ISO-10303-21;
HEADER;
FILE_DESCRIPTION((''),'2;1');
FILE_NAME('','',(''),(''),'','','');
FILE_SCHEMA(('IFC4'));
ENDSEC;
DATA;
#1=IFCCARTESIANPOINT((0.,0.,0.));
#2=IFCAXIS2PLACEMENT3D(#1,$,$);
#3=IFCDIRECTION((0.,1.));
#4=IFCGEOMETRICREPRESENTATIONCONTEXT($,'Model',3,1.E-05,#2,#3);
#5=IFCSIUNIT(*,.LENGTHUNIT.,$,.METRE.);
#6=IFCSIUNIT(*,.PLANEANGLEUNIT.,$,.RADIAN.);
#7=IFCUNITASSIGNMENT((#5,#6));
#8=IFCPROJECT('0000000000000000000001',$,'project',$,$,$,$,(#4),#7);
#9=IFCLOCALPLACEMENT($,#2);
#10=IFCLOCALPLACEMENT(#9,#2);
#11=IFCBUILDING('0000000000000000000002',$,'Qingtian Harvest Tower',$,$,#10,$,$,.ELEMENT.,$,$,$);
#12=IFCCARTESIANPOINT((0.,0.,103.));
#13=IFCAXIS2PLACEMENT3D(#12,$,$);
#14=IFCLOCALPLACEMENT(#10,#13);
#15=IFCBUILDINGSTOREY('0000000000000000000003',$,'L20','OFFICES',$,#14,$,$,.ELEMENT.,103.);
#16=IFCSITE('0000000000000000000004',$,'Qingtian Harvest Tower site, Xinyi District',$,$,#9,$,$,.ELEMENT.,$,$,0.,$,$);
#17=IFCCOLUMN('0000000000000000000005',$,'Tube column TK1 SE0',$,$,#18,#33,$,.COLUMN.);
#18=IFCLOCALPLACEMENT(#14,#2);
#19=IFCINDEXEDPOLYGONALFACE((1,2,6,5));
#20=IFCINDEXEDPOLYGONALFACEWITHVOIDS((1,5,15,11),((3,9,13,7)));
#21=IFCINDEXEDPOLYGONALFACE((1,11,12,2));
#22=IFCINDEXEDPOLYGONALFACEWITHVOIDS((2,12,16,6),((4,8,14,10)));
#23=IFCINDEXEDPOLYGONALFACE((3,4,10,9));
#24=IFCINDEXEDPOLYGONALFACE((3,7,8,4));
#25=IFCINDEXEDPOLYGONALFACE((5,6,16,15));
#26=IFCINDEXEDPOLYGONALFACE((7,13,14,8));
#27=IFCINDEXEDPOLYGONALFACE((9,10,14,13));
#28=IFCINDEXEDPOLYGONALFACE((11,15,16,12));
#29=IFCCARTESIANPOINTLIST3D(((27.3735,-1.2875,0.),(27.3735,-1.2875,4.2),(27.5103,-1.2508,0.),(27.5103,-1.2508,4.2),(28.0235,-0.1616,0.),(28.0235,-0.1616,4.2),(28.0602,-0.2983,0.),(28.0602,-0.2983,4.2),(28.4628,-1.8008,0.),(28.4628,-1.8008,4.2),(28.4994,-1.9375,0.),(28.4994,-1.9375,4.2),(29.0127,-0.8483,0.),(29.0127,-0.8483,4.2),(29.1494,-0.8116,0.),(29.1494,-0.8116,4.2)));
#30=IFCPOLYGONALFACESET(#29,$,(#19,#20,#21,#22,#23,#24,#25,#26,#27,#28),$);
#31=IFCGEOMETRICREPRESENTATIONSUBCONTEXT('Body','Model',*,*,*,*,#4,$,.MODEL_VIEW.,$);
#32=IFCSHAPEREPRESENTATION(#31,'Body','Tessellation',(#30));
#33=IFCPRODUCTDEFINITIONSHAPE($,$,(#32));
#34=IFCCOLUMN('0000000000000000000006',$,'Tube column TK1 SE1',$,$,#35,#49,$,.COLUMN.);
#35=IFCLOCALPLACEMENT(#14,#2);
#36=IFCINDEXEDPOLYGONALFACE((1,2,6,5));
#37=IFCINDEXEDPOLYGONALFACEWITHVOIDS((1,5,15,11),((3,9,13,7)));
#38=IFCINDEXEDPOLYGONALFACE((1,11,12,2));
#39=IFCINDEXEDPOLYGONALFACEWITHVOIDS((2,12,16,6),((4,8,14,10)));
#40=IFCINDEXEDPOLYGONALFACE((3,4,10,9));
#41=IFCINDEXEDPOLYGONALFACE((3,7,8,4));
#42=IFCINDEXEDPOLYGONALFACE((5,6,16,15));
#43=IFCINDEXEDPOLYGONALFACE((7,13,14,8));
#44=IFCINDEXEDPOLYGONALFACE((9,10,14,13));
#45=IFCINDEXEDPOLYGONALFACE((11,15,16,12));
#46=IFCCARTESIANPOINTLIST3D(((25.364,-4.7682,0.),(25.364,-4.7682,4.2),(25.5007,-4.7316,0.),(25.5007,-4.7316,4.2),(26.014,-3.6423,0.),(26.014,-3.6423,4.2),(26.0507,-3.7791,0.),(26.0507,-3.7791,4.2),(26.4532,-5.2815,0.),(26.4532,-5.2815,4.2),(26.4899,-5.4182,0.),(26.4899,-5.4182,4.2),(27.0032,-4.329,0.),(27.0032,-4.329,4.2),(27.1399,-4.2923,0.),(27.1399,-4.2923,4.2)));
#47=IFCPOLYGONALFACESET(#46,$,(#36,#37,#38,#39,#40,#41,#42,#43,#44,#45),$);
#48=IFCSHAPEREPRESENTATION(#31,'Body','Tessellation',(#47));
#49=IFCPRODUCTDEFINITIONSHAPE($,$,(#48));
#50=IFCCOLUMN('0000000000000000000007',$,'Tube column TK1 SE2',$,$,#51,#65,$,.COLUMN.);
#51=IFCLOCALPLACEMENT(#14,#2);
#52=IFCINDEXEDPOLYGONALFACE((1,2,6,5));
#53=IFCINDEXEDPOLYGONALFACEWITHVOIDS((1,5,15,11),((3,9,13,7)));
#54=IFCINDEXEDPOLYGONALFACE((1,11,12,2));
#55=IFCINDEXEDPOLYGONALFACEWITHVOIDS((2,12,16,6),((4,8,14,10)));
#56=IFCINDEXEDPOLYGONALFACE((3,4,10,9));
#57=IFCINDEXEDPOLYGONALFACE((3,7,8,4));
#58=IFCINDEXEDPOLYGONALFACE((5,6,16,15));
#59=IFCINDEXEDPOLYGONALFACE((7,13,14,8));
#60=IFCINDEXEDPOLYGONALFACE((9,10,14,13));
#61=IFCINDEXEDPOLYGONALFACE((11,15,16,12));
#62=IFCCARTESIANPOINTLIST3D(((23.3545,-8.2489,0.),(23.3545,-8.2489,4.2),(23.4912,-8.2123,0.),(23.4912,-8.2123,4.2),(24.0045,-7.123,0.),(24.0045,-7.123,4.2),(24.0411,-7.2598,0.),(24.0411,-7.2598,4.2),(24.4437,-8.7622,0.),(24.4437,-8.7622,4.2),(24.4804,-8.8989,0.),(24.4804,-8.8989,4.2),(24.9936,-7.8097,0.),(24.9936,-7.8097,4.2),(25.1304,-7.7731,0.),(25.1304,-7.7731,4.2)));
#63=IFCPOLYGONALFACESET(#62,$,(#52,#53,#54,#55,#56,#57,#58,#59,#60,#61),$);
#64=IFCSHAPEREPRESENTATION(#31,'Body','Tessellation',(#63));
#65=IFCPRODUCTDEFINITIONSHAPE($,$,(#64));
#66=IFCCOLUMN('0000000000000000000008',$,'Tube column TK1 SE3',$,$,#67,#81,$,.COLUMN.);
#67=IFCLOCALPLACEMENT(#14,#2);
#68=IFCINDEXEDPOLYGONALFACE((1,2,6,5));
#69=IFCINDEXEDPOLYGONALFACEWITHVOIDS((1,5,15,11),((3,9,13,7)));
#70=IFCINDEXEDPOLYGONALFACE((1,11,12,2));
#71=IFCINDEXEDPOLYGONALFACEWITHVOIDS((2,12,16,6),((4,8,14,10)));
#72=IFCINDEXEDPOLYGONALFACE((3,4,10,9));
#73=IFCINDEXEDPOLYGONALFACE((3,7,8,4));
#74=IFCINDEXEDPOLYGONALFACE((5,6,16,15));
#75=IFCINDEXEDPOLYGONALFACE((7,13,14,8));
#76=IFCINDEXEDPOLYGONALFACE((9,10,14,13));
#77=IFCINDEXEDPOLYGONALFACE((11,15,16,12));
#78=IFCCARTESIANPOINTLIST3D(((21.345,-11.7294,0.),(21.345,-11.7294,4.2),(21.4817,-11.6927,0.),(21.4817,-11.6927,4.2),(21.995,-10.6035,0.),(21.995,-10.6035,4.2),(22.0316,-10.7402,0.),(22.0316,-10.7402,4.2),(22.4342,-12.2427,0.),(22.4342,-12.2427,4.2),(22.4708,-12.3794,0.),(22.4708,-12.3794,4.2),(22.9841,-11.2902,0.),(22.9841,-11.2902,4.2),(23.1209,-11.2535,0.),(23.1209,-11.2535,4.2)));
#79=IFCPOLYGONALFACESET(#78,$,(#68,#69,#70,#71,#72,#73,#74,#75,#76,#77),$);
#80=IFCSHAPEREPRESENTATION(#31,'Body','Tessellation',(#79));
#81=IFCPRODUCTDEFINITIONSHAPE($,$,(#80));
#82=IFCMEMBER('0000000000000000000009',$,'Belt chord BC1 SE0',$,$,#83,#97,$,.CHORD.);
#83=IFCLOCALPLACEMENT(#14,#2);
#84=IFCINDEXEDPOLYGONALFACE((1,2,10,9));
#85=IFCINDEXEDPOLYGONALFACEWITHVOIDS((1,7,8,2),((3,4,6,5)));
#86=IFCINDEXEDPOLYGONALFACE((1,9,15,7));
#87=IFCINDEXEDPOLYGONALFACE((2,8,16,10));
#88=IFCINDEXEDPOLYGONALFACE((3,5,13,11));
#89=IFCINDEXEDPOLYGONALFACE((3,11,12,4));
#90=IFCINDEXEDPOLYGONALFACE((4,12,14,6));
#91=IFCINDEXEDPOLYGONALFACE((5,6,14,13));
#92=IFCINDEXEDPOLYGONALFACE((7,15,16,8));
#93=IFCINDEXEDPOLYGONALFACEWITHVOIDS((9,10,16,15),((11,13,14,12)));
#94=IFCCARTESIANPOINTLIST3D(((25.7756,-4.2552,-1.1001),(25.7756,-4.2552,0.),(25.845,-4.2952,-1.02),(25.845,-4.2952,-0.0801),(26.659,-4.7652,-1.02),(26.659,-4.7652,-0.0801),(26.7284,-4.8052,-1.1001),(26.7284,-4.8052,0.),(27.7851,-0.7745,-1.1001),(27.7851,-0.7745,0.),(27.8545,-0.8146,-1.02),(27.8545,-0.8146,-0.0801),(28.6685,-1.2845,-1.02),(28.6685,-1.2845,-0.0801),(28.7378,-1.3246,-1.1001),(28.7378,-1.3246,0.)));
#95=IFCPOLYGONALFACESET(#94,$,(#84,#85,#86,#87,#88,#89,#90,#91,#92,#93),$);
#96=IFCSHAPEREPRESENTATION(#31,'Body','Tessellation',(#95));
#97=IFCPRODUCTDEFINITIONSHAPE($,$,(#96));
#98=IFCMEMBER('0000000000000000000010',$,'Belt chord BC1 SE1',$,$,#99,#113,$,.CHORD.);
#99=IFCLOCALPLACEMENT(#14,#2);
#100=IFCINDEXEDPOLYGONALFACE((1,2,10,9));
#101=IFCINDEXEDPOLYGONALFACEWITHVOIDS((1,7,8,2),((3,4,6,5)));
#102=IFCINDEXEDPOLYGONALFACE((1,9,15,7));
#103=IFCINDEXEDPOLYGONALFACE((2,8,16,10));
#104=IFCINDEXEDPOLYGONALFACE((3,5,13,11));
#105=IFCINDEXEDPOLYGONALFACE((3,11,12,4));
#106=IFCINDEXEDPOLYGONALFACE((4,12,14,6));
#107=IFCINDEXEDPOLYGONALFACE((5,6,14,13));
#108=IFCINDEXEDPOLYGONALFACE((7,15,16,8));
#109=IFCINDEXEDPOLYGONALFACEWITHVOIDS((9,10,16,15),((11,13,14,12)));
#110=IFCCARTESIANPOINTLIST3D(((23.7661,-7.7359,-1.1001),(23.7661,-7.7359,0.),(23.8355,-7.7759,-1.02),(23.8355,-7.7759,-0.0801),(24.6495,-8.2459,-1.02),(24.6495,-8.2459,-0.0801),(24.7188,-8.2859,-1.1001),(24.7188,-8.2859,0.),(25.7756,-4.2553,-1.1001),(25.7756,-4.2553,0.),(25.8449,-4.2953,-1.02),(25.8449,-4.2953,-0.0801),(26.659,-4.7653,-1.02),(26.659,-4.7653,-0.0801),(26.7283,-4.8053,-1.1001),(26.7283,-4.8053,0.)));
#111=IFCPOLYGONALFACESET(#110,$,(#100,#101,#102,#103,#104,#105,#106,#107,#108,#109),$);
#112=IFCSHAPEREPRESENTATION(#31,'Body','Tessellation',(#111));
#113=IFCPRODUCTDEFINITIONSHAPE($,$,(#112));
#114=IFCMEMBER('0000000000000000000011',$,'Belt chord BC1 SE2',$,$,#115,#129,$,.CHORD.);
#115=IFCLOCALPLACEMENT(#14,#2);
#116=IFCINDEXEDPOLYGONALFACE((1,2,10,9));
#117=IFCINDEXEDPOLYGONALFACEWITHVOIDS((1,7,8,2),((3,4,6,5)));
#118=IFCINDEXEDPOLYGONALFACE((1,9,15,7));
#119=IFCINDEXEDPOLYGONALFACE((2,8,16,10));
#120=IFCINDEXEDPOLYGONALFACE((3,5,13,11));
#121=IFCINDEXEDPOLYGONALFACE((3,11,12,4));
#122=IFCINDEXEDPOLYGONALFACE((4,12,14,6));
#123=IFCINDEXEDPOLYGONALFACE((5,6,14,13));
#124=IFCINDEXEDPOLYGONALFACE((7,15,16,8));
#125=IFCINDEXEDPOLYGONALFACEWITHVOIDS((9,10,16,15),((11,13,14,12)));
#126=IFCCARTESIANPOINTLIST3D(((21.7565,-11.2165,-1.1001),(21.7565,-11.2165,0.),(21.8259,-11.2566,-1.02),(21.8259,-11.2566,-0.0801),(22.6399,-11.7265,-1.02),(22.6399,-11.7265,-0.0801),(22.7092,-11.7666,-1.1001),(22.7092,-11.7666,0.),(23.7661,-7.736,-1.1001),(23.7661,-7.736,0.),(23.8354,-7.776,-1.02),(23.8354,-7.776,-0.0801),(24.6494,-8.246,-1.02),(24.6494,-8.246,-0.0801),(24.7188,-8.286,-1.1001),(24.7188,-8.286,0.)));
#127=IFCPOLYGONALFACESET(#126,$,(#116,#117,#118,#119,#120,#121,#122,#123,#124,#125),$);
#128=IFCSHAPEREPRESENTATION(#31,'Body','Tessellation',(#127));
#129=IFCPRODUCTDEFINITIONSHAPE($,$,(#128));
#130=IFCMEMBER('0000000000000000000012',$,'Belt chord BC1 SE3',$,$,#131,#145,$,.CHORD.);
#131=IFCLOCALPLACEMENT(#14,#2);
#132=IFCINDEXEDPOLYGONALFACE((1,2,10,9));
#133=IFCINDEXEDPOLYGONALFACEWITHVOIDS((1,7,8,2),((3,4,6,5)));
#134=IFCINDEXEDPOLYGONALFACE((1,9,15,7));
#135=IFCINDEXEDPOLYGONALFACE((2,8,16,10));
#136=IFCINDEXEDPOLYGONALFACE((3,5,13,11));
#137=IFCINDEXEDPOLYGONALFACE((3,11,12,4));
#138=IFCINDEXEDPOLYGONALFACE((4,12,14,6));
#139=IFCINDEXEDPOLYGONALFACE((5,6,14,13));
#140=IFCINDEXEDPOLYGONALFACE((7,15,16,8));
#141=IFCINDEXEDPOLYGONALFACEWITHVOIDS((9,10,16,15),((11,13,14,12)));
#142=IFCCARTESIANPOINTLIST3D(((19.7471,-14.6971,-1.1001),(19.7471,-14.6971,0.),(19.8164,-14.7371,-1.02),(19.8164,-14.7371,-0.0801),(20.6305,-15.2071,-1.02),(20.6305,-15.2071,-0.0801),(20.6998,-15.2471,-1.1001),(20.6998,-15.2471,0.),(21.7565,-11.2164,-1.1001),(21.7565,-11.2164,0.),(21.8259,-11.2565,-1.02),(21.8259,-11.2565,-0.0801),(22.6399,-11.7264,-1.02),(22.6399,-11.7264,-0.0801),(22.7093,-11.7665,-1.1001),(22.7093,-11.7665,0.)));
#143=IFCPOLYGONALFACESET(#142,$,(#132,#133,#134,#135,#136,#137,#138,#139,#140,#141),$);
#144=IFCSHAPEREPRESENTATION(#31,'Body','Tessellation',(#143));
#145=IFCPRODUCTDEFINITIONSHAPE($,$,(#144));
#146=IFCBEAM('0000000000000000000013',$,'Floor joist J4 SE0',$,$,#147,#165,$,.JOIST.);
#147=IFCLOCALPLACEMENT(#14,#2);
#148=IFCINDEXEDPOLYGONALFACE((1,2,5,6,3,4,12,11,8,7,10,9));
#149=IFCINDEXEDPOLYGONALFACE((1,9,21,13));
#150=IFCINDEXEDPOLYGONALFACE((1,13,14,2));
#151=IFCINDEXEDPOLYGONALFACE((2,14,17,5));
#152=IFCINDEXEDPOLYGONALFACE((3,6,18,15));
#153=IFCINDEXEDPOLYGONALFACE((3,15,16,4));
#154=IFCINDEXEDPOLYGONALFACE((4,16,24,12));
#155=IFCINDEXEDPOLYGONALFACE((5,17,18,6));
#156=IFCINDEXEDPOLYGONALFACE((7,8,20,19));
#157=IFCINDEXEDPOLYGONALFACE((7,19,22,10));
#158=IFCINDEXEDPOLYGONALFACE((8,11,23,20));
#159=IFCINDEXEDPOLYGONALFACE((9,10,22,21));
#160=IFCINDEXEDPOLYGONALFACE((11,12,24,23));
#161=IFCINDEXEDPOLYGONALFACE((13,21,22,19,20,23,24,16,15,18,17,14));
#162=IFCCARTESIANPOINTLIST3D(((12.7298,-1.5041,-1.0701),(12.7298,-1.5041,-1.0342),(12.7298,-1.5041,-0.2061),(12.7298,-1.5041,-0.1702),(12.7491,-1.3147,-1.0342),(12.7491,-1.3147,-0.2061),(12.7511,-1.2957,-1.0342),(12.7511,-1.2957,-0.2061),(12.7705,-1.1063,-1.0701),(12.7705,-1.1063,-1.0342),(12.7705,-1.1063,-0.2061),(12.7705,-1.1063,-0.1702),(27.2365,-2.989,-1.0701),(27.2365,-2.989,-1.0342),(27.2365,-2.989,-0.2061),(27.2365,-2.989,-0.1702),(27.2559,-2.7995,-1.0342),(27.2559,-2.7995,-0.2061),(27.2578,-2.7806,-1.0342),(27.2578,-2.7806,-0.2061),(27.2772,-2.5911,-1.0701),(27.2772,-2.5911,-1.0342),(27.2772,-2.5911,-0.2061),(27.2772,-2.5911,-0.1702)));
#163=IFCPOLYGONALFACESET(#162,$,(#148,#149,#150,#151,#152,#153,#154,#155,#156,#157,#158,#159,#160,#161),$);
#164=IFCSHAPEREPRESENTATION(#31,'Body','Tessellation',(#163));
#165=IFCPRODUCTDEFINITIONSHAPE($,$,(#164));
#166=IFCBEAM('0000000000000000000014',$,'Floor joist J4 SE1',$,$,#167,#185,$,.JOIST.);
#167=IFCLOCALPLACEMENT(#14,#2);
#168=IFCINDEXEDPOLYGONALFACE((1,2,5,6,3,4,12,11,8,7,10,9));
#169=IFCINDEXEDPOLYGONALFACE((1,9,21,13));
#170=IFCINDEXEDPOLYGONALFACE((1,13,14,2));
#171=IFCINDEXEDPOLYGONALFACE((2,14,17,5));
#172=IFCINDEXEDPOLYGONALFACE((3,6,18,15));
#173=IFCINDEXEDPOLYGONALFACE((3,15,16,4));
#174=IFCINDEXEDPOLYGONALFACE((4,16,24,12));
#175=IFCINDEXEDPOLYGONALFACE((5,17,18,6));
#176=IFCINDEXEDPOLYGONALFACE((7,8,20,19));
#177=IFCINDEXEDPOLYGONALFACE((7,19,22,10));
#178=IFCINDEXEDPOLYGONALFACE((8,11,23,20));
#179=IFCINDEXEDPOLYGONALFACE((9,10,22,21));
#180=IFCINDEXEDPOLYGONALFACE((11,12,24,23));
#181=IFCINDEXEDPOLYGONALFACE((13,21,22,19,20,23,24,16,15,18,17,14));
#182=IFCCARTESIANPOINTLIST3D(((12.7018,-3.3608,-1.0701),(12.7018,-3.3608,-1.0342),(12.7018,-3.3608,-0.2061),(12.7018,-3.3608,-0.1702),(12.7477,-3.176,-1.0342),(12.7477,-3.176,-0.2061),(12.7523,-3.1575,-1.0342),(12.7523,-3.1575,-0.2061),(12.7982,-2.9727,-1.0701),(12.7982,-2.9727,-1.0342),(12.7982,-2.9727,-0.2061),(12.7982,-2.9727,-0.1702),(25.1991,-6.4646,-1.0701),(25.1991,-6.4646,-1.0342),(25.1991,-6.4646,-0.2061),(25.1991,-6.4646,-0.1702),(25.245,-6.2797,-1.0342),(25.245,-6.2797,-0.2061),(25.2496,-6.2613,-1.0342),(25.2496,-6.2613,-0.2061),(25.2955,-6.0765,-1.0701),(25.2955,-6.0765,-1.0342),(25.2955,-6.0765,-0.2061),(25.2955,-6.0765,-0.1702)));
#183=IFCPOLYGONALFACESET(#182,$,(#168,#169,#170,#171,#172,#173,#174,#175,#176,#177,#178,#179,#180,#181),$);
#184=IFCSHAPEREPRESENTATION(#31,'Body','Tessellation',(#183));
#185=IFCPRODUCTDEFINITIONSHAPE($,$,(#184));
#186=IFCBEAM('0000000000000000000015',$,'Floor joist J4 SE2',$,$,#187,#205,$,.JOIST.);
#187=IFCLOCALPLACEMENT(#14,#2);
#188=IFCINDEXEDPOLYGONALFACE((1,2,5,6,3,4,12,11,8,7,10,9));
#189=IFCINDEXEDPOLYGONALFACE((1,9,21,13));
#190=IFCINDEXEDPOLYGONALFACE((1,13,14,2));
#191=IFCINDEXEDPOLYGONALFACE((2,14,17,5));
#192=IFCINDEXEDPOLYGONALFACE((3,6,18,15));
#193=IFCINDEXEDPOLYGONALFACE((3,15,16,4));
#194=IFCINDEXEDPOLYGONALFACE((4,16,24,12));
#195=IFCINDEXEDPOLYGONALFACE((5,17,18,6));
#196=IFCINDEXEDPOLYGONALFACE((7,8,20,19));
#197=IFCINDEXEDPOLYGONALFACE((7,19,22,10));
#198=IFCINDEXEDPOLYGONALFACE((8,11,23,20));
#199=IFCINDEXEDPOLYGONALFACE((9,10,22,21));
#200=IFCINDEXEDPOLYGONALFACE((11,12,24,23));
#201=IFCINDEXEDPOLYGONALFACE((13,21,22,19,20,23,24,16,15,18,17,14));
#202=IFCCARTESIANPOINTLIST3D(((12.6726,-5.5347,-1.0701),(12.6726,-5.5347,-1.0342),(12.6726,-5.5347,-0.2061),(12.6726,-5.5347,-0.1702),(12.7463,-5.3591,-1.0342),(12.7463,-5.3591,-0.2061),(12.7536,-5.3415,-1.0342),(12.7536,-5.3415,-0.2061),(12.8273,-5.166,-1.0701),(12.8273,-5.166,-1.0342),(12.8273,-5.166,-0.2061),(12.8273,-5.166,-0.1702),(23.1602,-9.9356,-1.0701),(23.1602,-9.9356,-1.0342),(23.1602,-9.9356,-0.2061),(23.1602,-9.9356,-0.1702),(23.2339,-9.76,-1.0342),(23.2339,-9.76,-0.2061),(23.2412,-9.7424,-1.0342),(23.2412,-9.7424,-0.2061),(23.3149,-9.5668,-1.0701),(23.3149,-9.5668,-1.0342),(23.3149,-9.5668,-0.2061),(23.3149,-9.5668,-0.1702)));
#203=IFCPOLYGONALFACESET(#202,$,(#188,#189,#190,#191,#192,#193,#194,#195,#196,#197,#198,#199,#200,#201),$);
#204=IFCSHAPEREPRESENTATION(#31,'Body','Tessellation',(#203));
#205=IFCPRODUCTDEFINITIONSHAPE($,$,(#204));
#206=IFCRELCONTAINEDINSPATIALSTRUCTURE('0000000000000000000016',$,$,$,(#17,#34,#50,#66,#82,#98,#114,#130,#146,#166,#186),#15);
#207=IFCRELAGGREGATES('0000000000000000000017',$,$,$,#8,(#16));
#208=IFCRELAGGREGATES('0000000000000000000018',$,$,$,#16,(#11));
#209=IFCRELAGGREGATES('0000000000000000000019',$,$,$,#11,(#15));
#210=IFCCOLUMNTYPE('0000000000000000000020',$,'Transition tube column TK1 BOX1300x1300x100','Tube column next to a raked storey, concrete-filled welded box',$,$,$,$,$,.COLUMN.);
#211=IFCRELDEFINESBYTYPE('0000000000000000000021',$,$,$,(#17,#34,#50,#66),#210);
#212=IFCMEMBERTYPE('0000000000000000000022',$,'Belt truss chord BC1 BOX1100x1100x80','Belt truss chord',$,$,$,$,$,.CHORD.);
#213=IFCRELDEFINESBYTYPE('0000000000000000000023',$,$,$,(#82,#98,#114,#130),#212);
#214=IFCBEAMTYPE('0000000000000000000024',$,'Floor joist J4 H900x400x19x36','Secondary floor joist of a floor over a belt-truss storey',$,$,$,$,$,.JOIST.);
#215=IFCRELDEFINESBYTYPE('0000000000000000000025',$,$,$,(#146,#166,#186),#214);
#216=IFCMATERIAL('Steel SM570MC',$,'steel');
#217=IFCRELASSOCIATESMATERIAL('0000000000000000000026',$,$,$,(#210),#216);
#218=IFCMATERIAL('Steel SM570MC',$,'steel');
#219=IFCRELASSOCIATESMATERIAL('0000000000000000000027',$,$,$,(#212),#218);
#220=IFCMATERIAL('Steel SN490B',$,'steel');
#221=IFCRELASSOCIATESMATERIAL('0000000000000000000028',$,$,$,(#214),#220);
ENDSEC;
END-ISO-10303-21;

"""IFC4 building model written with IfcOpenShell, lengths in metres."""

from ifc_helpers import new_model, si_unit, direction, frame, origin, origin_2d, place, context, subcontext, project, spatial, hollow_rectangle, i_section, extrude, material, material_profile, profile_set, type_object, element, save


model = new_model("IFC4")

# Units and contexts
model_context = context("Model", 3, precision=1e-05, world=origin(), true_north=direction((0.0, 1.0)))
body_context = subcontext(model_context, "Body", "Model", "MODEL_VIEW")
ifc_project = project(units=[si_unit("LENGTHUNIT", "METRE"), si_unit("PLANEANGLEUNIT", "RADIAN")], contexts=[model_context])

# Site, building, storey
site_placement = place(None, origin())
site = spatial("IfcSite", under=ifc_project, at=site_placement, Name="Qingtian Harvest Tower site, Xinyi District", CompositionType="ELEMENT", RefElevation=0.0)
building_placement = place(site_placement, origin())
building = spatial("IfcBuilding", under=site, at=building_placement, Name="Qingtian Harvest Tower", CompositionType="ELEMENT")
storey_placement = place(building_placement, frame((0.0, 0.0, 103.0)))
storey = spatial("IfcBuildingStorey", under=building, at=storey_placement, Name="L20", Description="OFFICES", CompositionType="ELEMENT", Elevation=103.0)

# Columns
ifc_material_1 = material(Name="Steel SM570MC", Category="steel")
ifc_material_profile_1 = material_profile(ifc_material_1, hollow_rectangle(XDim=1.3, YDim=1.3, WallThickness=0.1001, at=origin_2d()), Name="BOX1300x1300x100")
ifc_profile_set_1 = profile_set([ifc_material_profile_1], Name="Steel SM570MC")
column_type = type_object("IfcColumnType", Name="Transition tube column TK1 BOX1300x1300x100", Description="Tube column next to a raked storey, concrete-filled welded box", PredefinedType="COLUMN", material=ifc_profile_set_1)
for number, where, z_axis, x_axis, name in (
    (1, (28.2615, -1.0496, 0.0), (0.0, 0.0, 1.0), (0.5, 0.866025, 0.0), "Tube column TK1 SE0"),
    (2, (26.252, -4.5303, 0.0), (0.0, 0.0, 1.0), (0.5, 0.866025, 0.0), "Tube column TK1 SE1"),
    (3, (24.2424, -8.011, 0.0), (0.0, 0.0, 1.0), (0.5, 0.866025, 0.0), "Tube column TK1 SE2"),
    (4, (22.2329, -11.4915, 0.0), (0.0, 0.0, 1.0), (0.5, 0.866025, 0.0), "Tube column TK1 SE3"),
):
    element("IfcColumn", number, at=place(storey_placement, frame(where, z_axis=z_axis, x_axis=x_axis)), inside=storey, type_object=column_type, Name=name, PredefinedType="COLUMN", context=body_context, shape_type="SweptSolid", body=[
        extrude(hollow_rectangle(XDim=1.3, YDim=1.3, WallThickness=0.1001, at=origin_2d()), origin(), (0.0, 0.0, 1.0), 4.2),
    ])

# Members
ifc_material_2 = material(Name="Steel SM570MC", Category="steel")
ifc_material_profile_2 = material_profile(ifc_material_2, hollow_rectangle(XDim=1.1001, YDim=1.1001, WallThickness=0.0801, at=origin_2d()), Name="BOX1100x1100x80")
ifc_profile_set_2 = profile_set([ifc_material_profile_2], Name="Steel SM570MC")
member_type_1 = type_object("IfcMemberType", Name="Belt truss chord BC1 BOX1100x1100x80", Description="Belt truss chord", PredefinedType="CHORD", material=ifc_profile_set_2)
for number, where, z_axis, x_axis, name in (
    (5, (28.2615, -1.0496, -0.55), (-0.499987, -0.866033, 0.0), (0.866033, -0.499987, 0.0), "Belt chord BC1 SE0"),
    (6, (26.252, -4.5303, -0.55), (-0.499987, -0.866033, 0.0), (0.866033, -0.499987, 0.0), "Belt chord BC1 SE1"),
    (7, (24.2424, -8.011, -0.55), (-0.500013, -0.866018, 0.0), (0.866018, -0.500013, 0.0), "Belt chord BC1 SE2"),
    (8, (22.2329, -11.4915, -0.55), (-0.499987, -0.866033, 0.0), (0.866033, -0.499987, 0.0), "Belt chord BC1 SE3"),
):
    element("IfcMember", number, at=place(storey_placement, frame(where, z_axis=z_axis, x_axis=x_axis)), inside=storey, type_object=member_type_1, Name=name, PredefinedType="CHORD", context=body_context, shape_type="SweptSolid", body=[
        extrude(hollow_rectangle(XDim=1.1001, YDim=1.1001, WallThickness=0.0801, at=origin_2d()), origin(), (0.0, 0.0, 1.0), 4.019),
    ])

# Beams
ifc_material_3 = material(Name="Steel SN490B", Category="steel")
ifc_material_profile_3 = material_profile(ifc_material_3, i_section(OverallWidth=0.3999, OverallDepth=0.8999, WebThickness=0.019, FlangeThickness=0.0359, at=origin_2d()), Name="H900x400x19x36")
ifc_profile_set_3 = profile_set([ifc_material_profile_3], Name="Steel SN490B")
beam_type_1 = type_object("IfcBeamType", Name="Floor joist J4 H900x400x19x36", Description="Secondary floor joist of a floor over a belt-truss storey", PredefinedType="JOIST", material=ifc_profile_set_3)
beam_1_placement = place(storey_placement, frame((27.2568, -2.79, -0.6201), z_axis=(-0.994802, 0.101824, 0.0), x_axis=(-0.101824, -0.994802, 0.0)))
element("IfcBeam", 9, at=beam_1_placement, inside=storey, type_object=beam_type_1, Name="Floor joist J4 SE0", PredefinedType="JOIST", context=body_context, shape_type="SweptSolid", body=[
    extrude(i_section(OverallWidth=0.3999, OverallDepth=0.8999, WebThickness=0.019, FlangeThickness=0.0359, at=origin_2d()), origin(), (0.0, 0.0, 1.0), 14.5825),
])
beam_2_placement = place(storey_placement, frame((25.2473, -6.2705, -0.6201), z_axis=(-0.970517, 0.241032, 0.0), x_axis=(-0.241032, -0.970517, 0.0)))
element("IfcBeam", 10, at=beam_2_placement, inside=storey, type_object=beam_type_1, Name="Floor joist J4 SE1", PredefinedType="JOIST", context=body_context, shape_type="SweptSolid", body=[
    extrude(i_section(OverallWidth=0.3999, OverallDepth=0.8999, WebThickness=0.019, FlangeThickness=0.0359, at=origin_2d()), origin(), (0.0, 0.0, 1.0), 12.877),
])
beam_3_placement = place(storey_placement, frame((23.2375, -9.7512, -0.6201), z_axis=(-0.922104, 0.386942, 0.0), x_axis=(-0.386942, -0.922104, 0.0)))
element("IfcBeam", 11, at=beam_3_placement, inside=storey, type_object=beam_type_1, Name="Floor joist J4 SE2", PredefinedType="JOIST", context=body_context, shape_type="SweptSolid", body=[
    extrude(i_section(OverallWidth=0.3999, OverallDepth=0.8999, WebThickness=0.019, FlangeThickness=0.0359, at=origin_2d()), origin(), (0.0, 0.0, 1.0), 11.3735),
])

save(model, "model.ifc")
